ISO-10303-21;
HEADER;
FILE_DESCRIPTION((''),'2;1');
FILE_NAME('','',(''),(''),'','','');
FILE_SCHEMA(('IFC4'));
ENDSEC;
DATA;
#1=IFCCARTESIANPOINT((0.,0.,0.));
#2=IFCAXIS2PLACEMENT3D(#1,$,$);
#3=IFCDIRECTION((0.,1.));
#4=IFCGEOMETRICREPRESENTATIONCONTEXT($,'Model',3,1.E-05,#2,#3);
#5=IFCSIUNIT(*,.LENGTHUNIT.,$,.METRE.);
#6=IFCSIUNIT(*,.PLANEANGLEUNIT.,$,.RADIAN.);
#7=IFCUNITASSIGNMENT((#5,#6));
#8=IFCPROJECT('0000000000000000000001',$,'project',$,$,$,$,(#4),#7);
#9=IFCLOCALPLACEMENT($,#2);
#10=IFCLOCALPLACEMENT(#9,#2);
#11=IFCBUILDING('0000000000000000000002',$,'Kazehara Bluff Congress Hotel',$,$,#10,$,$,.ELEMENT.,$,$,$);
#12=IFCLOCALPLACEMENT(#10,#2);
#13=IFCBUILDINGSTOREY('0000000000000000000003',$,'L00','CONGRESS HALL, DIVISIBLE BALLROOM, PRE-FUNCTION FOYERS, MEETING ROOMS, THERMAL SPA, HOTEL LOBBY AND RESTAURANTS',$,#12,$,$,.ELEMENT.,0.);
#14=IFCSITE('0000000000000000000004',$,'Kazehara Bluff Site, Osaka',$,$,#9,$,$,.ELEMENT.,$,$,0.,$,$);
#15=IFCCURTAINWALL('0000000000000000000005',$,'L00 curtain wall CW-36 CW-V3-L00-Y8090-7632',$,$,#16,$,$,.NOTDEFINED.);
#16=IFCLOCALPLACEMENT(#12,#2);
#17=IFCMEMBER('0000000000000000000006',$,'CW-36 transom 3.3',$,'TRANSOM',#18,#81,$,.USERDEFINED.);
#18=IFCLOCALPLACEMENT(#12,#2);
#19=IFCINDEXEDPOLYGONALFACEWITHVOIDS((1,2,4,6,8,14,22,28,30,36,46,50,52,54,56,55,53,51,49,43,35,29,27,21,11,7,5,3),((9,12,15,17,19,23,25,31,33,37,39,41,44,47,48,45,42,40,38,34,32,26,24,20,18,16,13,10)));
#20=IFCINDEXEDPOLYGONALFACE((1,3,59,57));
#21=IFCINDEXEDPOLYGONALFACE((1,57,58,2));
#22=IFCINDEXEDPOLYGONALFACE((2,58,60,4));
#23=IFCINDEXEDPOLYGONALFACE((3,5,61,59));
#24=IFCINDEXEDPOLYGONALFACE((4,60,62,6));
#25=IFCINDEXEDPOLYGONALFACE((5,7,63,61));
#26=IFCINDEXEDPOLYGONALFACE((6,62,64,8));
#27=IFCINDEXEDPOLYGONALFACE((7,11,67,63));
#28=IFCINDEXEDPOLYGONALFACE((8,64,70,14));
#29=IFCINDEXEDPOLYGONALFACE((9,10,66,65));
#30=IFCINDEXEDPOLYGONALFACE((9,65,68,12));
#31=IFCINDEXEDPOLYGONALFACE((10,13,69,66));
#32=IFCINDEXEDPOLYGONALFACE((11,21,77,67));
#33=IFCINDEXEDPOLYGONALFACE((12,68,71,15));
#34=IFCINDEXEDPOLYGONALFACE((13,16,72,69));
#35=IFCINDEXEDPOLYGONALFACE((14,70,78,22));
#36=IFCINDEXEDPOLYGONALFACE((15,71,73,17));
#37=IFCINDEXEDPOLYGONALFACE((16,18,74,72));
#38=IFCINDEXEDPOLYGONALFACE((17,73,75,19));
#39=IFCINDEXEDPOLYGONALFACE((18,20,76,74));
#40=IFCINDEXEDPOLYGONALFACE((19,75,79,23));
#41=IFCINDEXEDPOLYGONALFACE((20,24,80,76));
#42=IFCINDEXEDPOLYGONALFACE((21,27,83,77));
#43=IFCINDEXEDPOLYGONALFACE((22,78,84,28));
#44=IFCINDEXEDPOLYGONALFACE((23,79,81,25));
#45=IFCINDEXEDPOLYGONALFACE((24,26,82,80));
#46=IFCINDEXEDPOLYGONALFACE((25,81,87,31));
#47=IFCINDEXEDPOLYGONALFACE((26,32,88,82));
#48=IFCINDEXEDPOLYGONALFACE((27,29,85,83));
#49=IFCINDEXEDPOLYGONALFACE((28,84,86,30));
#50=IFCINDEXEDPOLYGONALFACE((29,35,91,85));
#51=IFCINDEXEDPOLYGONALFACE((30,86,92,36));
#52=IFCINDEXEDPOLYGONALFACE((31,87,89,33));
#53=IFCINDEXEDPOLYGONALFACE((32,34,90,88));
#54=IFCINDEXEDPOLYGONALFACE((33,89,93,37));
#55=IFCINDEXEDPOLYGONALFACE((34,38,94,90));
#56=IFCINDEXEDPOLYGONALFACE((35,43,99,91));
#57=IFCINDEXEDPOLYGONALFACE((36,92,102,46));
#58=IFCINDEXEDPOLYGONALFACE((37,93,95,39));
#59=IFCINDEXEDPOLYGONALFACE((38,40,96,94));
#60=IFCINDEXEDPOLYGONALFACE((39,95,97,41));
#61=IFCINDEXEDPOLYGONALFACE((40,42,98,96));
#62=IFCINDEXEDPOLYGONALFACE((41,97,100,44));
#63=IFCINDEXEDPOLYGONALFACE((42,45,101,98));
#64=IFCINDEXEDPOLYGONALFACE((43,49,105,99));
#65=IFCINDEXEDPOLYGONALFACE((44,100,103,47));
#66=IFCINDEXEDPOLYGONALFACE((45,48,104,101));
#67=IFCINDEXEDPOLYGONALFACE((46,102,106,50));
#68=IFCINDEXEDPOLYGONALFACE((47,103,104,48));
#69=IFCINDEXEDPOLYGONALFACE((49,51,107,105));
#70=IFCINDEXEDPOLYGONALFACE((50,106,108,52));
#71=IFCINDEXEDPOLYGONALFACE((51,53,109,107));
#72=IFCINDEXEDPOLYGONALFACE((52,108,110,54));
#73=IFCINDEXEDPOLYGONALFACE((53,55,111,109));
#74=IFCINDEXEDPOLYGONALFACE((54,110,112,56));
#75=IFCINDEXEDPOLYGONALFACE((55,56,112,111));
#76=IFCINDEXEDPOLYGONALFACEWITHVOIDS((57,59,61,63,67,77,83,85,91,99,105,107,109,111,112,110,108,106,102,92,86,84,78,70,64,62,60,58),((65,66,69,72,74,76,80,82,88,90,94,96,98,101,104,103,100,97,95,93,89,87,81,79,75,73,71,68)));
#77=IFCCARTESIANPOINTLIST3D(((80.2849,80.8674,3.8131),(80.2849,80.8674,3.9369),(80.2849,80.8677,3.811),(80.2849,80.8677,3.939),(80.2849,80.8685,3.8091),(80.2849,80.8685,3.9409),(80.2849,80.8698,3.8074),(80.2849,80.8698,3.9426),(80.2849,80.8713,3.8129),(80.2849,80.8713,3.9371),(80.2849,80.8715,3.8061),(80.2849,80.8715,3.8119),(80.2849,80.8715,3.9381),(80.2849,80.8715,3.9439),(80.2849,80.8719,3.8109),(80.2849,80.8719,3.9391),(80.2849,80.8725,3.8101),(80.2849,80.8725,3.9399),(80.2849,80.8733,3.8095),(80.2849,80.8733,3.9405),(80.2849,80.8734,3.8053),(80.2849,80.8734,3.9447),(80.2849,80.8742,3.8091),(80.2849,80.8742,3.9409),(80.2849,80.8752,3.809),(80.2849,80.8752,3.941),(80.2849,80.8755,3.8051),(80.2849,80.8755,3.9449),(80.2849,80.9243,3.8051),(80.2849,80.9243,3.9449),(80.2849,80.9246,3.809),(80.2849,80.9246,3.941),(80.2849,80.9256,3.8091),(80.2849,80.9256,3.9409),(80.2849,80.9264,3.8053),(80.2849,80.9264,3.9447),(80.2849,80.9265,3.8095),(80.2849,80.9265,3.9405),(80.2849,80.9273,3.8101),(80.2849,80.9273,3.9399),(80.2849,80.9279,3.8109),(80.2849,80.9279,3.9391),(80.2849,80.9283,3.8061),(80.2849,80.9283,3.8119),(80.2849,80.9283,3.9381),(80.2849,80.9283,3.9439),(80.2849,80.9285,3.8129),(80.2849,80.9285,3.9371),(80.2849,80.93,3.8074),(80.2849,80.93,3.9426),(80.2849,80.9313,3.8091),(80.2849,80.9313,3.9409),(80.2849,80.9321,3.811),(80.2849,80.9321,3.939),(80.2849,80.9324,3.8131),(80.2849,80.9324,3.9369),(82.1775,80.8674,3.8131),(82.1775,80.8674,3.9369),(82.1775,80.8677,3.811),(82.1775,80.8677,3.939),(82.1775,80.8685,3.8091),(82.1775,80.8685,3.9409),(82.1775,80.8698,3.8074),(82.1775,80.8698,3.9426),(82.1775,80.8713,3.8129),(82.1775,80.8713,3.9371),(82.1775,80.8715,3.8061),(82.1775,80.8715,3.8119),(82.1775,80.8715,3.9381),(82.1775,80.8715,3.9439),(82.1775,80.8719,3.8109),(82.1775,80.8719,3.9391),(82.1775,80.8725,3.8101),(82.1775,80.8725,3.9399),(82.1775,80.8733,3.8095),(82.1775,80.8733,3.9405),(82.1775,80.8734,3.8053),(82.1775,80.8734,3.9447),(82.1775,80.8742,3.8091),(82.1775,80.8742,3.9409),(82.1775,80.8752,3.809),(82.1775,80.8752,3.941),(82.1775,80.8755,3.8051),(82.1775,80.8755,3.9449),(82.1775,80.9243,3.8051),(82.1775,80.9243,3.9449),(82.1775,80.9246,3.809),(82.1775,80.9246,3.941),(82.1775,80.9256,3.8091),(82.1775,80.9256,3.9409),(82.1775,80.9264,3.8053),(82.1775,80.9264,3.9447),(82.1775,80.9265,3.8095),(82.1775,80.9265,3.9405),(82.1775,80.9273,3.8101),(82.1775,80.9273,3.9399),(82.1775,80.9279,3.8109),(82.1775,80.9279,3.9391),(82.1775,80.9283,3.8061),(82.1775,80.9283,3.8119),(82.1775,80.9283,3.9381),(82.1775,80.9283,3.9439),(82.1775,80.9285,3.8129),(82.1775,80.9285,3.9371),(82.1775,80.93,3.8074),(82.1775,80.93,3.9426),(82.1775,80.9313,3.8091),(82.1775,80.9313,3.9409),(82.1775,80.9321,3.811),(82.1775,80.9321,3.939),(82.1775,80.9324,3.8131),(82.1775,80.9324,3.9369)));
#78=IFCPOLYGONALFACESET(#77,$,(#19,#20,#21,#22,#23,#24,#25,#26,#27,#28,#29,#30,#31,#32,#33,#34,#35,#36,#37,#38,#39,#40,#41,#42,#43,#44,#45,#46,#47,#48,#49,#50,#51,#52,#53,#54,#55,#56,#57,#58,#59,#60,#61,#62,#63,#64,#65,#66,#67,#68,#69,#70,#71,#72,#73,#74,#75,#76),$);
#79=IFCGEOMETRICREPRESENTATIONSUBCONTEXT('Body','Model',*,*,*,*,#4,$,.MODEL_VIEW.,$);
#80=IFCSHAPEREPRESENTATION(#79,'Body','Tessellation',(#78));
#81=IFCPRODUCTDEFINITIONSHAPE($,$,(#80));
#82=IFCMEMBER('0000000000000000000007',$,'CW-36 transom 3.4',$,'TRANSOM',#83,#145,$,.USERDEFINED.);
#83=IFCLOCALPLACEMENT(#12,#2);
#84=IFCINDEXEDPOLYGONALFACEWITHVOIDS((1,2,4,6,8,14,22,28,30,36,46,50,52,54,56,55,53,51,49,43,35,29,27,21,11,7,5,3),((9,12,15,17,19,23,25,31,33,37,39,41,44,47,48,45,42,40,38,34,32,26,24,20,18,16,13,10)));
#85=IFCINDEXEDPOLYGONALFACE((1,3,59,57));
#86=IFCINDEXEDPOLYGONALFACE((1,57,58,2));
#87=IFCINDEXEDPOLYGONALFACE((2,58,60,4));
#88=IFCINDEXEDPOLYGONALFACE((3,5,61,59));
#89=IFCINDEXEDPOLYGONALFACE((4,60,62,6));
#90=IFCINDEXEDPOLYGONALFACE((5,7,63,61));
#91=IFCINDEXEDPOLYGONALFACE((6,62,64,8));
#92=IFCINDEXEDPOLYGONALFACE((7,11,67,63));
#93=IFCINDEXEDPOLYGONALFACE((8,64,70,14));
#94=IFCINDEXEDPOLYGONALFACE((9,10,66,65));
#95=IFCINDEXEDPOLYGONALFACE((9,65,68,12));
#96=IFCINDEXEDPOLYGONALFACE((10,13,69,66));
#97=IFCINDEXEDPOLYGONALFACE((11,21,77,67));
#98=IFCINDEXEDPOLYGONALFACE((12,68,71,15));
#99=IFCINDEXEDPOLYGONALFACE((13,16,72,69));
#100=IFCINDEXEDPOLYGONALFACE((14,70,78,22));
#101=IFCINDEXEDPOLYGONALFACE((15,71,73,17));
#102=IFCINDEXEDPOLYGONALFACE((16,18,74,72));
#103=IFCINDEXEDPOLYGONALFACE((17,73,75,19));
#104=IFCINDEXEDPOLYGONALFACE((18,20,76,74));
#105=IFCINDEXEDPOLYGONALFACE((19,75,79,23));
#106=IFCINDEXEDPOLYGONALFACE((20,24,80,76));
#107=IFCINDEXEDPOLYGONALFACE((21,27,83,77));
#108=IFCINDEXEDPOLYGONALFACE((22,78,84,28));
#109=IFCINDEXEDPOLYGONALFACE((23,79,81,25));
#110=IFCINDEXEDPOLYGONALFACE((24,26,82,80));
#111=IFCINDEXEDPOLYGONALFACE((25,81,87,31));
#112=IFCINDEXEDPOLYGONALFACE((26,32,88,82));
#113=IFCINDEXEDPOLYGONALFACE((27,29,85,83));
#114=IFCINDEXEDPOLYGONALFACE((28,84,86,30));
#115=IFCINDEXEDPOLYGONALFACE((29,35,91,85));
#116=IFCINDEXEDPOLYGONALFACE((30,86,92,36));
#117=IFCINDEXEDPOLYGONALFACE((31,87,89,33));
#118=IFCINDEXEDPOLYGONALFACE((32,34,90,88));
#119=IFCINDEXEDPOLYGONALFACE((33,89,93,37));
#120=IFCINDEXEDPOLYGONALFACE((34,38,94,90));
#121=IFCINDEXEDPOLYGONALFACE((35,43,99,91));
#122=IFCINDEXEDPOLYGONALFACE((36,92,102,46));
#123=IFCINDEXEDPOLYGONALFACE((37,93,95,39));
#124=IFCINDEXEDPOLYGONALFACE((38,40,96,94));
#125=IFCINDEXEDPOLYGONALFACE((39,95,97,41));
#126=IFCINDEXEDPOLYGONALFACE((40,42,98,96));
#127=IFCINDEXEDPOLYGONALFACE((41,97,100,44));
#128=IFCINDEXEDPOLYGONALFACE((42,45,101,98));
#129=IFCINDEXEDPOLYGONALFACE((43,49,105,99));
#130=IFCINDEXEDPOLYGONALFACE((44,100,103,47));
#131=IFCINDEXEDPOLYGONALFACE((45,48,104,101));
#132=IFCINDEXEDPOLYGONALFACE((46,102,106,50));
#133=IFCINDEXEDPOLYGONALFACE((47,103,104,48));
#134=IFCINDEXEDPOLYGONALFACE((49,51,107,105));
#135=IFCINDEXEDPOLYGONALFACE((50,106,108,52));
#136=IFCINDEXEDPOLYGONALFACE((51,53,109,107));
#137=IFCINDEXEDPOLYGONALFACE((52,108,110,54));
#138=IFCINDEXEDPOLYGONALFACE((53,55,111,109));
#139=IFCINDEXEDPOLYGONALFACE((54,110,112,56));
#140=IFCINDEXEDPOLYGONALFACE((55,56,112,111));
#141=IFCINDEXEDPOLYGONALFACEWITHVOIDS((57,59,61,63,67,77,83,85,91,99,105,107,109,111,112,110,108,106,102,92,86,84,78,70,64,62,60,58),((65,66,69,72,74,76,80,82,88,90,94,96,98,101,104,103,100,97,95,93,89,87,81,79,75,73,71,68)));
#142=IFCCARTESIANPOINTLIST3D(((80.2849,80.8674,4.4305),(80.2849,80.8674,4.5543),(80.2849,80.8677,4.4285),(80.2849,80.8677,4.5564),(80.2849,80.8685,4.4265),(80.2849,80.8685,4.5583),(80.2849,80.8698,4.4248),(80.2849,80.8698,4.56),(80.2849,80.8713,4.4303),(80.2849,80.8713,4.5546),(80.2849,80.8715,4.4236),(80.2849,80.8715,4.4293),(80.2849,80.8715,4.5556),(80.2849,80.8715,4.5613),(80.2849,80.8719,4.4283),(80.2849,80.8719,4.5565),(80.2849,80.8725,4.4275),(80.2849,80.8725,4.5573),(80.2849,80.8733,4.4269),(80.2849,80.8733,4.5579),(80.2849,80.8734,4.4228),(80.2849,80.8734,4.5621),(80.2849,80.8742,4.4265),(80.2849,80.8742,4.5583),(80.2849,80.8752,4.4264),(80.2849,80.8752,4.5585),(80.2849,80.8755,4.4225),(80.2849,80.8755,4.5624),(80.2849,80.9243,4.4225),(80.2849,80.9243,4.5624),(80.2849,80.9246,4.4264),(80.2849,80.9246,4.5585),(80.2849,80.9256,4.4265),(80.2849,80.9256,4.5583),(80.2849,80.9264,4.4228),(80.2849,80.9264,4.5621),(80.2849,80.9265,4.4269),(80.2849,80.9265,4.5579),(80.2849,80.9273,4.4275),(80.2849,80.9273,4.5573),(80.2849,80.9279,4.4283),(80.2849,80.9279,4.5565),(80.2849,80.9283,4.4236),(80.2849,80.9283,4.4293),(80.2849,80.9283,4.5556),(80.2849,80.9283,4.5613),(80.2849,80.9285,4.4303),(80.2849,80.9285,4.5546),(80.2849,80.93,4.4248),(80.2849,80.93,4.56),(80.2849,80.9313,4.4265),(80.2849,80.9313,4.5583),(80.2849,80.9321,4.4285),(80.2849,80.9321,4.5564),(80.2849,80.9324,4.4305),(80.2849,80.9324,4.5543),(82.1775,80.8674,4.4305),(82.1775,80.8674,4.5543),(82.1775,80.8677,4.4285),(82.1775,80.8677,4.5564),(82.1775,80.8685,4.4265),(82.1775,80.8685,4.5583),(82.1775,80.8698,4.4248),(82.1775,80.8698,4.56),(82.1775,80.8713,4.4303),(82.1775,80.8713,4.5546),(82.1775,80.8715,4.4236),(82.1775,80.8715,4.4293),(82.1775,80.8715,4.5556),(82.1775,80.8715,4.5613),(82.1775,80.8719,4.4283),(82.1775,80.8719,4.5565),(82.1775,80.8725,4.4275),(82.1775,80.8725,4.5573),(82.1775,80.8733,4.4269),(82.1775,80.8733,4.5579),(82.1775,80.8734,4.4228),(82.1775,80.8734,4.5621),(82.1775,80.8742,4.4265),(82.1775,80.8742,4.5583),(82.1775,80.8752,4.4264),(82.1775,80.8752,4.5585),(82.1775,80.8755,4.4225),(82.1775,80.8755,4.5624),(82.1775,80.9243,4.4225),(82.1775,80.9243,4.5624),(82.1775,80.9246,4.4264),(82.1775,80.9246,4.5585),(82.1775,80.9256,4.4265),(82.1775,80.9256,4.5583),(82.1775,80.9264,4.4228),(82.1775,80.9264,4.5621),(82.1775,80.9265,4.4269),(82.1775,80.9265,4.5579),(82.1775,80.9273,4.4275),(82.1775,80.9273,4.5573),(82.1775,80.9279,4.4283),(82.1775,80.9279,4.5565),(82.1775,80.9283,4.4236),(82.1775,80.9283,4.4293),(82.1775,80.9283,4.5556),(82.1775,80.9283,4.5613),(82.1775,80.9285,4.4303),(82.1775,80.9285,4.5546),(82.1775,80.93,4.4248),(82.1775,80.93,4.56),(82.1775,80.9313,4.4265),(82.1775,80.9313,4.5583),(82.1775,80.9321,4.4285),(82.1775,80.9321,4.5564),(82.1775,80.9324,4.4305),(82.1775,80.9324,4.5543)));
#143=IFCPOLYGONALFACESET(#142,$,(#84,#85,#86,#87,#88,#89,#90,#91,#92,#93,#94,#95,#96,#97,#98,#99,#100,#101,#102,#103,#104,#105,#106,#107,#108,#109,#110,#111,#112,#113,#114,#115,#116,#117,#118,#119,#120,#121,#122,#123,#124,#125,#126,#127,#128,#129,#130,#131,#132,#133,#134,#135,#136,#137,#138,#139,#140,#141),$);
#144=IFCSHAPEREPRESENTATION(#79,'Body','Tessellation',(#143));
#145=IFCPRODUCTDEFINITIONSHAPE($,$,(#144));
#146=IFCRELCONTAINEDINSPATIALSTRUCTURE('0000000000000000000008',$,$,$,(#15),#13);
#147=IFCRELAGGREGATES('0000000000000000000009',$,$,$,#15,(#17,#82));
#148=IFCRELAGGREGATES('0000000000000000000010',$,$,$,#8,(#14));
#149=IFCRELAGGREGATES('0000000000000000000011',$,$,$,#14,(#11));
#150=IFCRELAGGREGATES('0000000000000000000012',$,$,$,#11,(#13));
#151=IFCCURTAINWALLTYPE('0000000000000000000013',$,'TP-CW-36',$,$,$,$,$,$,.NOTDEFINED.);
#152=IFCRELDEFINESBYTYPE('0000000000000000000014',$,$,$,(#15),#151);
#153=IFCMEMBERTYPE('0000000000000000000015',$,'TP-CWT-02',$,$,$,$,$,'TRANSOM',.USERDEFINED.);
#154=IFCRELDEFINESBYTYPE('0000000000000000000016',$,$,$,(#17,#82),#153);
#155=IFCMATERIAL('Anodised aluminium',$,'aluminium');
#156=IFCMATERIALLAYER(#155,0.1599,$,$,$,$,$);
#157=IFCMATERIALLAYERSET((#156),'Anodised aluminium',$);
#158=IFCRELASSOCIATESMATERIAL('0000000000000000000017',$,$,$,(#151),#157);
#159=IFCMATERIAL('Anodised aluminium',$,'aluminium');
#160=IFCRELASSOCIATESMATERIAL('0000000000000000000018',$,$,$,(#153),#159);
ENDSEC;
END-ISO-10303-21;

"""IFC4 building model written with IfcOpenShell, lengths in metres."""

from ifc_helpers import new_model, si_unit, direction, frame, origin, origin_2d, place, context, subcontext, project, spatial, hollow_rectangle, extrude, material, layer, layer_set, material_profile, profile_set, type_object, element, aggregate, save


model = new_model("IFC4")

# Units and contexts
model_context = context("Model", 3, precision=1e-05, world=origin(), true_north=direction((0.0, 1.0)))
body_context = subcontext(model_context, "Body", "Model", "MODEL_VIEW")
ifc_project = project(units=[si_unit("LENGTHUNIT", "METRE"), si_unit("PLANEANGLEUNIT", "RADIAN")], contexts=[model_context])

# Site, building, storey
site_placement = place(None, origin())
site = spatial("IfcSite", under=ifc_project, at=site_placement, Name="Kazehara Bluff Site, Osaka", CompositionType="ELEMENT", RefElevation=0.0)
building_placement = place(site_placement, origin())
building = spatial("IfcBuilding", under=site, at=building_placement, Name="Kazehara Bluff Congress Hotel", CompositionType="ELEMENT")
storey_placement = place(building_placement, origin())
storey = spatial("IfcBuildingStorey", under=building, at=storey_placement, Name="L00", Description="CONGRESS HALL, DIVISIBLE BALLROOM, PRE-FUNCTION FOYERS, MEETING ROOMS, THERMAL SPA, HOTEL LOBBY AND RESTAURANTS", CompositionType="ELEMENT", Elevation=0.0)

# Curtain wall, members
ifc_material_1 = material(Name="Anodised aluminium", Category="aluminium")
ifc_layer_1 = layer(ifc_material_1, 0.1599)
ifc_layer_set_1 = layer_set([ifc_layer_1], Name="Anodised aluminium")
curtain_wall_type = type_object("IfcCurtainWallType", Name="TP-CW-36", PredefinedType="NOTDEFINED", material=ifc_layer_set_1)
curtain_wall_placement = place(storey_placement, origin())
curtain_wall = element("IfcCurtainWall", 1, at=curtain_wall_placement, inside=storey, type_object=curtain_wall_type, Name="L00 curtain wall CW-36 CW-V3-L00-Y8090-7632", PredefinedType="NOTDEFINED")
ifc_material_2 = material(Name="Anodised aluminium", Category="aluminium")
ifc_material_profile_1 = material_profile(ifc_material_2, hollow_rectangle(XDim=0.0649, YDim=0.1399, WallThickness=0.0039, InnerFilletRadius=0.0039, OuterFilletRadius=0.0081, at=origin_2d()))
ifc_profile_set_1 = profile_set([ifc_material_profile_1], Name="Anodised aluminium")
member_type_1 = type_object("IfcMemberType", Name="TP-CWT-02", ElementType="TRANSOM", PredefinedType="USERDEFINED", material=ifc_profile_set_1)
member_1_placement = place(storey_placement, frame((80.2849, 80.8999, 3.875), z_axis=(1.0, 0.0, 0.0), x_axis=(0.0, 1.0, 0.0)))
member_1 = element("IfcMember", 2, at=member_1_placement, type_object=member_type_1, Name="CW-36 transom 3.3", ObjectType="TRANSOM", PredefinedType="USERDEFINED", context=body_context, shape_type="SweptSolid", body=[
    extrude(hollow_rectangle(XDim=0.0649, YDim=0.1399, WallThickness=0.0039, InnerFilletRadius=0.0039, OuterFilletRadius=0.0081, at=origin_2d()), origin(), (0.0, 0.0, 1.0), 1.8926),
])
member_2_placement = place(storey_placement, frame((80.2849, 80.8999, 4.4924), z_axis=(1.0, 0.0, 0.0), x_axis=(0.0, 1.0, 0.0)))
member_2 = element("IfcMember", 3, at=member_2_placement, type_object=member_type_1, Name="CW-36 transom 3.4", ObjectType="TRANSOM", PredefinedType="USERDEFINED", context=body_context, shape_type="SweptSolid", body=[
    extrude(hollow_rectangle(XDim=0.0649, YDim=0.1399, WallThickness=0.0039, InnerFilletRadius=0.0039, OuterFilletRadius=0.0081, at=origin_2d()), origin(), (0.0, 0.0, 1.0), 1.8926),
])

aggregate(curtain_wall, [member_1, member_2])

save(model, "model.ifc")
